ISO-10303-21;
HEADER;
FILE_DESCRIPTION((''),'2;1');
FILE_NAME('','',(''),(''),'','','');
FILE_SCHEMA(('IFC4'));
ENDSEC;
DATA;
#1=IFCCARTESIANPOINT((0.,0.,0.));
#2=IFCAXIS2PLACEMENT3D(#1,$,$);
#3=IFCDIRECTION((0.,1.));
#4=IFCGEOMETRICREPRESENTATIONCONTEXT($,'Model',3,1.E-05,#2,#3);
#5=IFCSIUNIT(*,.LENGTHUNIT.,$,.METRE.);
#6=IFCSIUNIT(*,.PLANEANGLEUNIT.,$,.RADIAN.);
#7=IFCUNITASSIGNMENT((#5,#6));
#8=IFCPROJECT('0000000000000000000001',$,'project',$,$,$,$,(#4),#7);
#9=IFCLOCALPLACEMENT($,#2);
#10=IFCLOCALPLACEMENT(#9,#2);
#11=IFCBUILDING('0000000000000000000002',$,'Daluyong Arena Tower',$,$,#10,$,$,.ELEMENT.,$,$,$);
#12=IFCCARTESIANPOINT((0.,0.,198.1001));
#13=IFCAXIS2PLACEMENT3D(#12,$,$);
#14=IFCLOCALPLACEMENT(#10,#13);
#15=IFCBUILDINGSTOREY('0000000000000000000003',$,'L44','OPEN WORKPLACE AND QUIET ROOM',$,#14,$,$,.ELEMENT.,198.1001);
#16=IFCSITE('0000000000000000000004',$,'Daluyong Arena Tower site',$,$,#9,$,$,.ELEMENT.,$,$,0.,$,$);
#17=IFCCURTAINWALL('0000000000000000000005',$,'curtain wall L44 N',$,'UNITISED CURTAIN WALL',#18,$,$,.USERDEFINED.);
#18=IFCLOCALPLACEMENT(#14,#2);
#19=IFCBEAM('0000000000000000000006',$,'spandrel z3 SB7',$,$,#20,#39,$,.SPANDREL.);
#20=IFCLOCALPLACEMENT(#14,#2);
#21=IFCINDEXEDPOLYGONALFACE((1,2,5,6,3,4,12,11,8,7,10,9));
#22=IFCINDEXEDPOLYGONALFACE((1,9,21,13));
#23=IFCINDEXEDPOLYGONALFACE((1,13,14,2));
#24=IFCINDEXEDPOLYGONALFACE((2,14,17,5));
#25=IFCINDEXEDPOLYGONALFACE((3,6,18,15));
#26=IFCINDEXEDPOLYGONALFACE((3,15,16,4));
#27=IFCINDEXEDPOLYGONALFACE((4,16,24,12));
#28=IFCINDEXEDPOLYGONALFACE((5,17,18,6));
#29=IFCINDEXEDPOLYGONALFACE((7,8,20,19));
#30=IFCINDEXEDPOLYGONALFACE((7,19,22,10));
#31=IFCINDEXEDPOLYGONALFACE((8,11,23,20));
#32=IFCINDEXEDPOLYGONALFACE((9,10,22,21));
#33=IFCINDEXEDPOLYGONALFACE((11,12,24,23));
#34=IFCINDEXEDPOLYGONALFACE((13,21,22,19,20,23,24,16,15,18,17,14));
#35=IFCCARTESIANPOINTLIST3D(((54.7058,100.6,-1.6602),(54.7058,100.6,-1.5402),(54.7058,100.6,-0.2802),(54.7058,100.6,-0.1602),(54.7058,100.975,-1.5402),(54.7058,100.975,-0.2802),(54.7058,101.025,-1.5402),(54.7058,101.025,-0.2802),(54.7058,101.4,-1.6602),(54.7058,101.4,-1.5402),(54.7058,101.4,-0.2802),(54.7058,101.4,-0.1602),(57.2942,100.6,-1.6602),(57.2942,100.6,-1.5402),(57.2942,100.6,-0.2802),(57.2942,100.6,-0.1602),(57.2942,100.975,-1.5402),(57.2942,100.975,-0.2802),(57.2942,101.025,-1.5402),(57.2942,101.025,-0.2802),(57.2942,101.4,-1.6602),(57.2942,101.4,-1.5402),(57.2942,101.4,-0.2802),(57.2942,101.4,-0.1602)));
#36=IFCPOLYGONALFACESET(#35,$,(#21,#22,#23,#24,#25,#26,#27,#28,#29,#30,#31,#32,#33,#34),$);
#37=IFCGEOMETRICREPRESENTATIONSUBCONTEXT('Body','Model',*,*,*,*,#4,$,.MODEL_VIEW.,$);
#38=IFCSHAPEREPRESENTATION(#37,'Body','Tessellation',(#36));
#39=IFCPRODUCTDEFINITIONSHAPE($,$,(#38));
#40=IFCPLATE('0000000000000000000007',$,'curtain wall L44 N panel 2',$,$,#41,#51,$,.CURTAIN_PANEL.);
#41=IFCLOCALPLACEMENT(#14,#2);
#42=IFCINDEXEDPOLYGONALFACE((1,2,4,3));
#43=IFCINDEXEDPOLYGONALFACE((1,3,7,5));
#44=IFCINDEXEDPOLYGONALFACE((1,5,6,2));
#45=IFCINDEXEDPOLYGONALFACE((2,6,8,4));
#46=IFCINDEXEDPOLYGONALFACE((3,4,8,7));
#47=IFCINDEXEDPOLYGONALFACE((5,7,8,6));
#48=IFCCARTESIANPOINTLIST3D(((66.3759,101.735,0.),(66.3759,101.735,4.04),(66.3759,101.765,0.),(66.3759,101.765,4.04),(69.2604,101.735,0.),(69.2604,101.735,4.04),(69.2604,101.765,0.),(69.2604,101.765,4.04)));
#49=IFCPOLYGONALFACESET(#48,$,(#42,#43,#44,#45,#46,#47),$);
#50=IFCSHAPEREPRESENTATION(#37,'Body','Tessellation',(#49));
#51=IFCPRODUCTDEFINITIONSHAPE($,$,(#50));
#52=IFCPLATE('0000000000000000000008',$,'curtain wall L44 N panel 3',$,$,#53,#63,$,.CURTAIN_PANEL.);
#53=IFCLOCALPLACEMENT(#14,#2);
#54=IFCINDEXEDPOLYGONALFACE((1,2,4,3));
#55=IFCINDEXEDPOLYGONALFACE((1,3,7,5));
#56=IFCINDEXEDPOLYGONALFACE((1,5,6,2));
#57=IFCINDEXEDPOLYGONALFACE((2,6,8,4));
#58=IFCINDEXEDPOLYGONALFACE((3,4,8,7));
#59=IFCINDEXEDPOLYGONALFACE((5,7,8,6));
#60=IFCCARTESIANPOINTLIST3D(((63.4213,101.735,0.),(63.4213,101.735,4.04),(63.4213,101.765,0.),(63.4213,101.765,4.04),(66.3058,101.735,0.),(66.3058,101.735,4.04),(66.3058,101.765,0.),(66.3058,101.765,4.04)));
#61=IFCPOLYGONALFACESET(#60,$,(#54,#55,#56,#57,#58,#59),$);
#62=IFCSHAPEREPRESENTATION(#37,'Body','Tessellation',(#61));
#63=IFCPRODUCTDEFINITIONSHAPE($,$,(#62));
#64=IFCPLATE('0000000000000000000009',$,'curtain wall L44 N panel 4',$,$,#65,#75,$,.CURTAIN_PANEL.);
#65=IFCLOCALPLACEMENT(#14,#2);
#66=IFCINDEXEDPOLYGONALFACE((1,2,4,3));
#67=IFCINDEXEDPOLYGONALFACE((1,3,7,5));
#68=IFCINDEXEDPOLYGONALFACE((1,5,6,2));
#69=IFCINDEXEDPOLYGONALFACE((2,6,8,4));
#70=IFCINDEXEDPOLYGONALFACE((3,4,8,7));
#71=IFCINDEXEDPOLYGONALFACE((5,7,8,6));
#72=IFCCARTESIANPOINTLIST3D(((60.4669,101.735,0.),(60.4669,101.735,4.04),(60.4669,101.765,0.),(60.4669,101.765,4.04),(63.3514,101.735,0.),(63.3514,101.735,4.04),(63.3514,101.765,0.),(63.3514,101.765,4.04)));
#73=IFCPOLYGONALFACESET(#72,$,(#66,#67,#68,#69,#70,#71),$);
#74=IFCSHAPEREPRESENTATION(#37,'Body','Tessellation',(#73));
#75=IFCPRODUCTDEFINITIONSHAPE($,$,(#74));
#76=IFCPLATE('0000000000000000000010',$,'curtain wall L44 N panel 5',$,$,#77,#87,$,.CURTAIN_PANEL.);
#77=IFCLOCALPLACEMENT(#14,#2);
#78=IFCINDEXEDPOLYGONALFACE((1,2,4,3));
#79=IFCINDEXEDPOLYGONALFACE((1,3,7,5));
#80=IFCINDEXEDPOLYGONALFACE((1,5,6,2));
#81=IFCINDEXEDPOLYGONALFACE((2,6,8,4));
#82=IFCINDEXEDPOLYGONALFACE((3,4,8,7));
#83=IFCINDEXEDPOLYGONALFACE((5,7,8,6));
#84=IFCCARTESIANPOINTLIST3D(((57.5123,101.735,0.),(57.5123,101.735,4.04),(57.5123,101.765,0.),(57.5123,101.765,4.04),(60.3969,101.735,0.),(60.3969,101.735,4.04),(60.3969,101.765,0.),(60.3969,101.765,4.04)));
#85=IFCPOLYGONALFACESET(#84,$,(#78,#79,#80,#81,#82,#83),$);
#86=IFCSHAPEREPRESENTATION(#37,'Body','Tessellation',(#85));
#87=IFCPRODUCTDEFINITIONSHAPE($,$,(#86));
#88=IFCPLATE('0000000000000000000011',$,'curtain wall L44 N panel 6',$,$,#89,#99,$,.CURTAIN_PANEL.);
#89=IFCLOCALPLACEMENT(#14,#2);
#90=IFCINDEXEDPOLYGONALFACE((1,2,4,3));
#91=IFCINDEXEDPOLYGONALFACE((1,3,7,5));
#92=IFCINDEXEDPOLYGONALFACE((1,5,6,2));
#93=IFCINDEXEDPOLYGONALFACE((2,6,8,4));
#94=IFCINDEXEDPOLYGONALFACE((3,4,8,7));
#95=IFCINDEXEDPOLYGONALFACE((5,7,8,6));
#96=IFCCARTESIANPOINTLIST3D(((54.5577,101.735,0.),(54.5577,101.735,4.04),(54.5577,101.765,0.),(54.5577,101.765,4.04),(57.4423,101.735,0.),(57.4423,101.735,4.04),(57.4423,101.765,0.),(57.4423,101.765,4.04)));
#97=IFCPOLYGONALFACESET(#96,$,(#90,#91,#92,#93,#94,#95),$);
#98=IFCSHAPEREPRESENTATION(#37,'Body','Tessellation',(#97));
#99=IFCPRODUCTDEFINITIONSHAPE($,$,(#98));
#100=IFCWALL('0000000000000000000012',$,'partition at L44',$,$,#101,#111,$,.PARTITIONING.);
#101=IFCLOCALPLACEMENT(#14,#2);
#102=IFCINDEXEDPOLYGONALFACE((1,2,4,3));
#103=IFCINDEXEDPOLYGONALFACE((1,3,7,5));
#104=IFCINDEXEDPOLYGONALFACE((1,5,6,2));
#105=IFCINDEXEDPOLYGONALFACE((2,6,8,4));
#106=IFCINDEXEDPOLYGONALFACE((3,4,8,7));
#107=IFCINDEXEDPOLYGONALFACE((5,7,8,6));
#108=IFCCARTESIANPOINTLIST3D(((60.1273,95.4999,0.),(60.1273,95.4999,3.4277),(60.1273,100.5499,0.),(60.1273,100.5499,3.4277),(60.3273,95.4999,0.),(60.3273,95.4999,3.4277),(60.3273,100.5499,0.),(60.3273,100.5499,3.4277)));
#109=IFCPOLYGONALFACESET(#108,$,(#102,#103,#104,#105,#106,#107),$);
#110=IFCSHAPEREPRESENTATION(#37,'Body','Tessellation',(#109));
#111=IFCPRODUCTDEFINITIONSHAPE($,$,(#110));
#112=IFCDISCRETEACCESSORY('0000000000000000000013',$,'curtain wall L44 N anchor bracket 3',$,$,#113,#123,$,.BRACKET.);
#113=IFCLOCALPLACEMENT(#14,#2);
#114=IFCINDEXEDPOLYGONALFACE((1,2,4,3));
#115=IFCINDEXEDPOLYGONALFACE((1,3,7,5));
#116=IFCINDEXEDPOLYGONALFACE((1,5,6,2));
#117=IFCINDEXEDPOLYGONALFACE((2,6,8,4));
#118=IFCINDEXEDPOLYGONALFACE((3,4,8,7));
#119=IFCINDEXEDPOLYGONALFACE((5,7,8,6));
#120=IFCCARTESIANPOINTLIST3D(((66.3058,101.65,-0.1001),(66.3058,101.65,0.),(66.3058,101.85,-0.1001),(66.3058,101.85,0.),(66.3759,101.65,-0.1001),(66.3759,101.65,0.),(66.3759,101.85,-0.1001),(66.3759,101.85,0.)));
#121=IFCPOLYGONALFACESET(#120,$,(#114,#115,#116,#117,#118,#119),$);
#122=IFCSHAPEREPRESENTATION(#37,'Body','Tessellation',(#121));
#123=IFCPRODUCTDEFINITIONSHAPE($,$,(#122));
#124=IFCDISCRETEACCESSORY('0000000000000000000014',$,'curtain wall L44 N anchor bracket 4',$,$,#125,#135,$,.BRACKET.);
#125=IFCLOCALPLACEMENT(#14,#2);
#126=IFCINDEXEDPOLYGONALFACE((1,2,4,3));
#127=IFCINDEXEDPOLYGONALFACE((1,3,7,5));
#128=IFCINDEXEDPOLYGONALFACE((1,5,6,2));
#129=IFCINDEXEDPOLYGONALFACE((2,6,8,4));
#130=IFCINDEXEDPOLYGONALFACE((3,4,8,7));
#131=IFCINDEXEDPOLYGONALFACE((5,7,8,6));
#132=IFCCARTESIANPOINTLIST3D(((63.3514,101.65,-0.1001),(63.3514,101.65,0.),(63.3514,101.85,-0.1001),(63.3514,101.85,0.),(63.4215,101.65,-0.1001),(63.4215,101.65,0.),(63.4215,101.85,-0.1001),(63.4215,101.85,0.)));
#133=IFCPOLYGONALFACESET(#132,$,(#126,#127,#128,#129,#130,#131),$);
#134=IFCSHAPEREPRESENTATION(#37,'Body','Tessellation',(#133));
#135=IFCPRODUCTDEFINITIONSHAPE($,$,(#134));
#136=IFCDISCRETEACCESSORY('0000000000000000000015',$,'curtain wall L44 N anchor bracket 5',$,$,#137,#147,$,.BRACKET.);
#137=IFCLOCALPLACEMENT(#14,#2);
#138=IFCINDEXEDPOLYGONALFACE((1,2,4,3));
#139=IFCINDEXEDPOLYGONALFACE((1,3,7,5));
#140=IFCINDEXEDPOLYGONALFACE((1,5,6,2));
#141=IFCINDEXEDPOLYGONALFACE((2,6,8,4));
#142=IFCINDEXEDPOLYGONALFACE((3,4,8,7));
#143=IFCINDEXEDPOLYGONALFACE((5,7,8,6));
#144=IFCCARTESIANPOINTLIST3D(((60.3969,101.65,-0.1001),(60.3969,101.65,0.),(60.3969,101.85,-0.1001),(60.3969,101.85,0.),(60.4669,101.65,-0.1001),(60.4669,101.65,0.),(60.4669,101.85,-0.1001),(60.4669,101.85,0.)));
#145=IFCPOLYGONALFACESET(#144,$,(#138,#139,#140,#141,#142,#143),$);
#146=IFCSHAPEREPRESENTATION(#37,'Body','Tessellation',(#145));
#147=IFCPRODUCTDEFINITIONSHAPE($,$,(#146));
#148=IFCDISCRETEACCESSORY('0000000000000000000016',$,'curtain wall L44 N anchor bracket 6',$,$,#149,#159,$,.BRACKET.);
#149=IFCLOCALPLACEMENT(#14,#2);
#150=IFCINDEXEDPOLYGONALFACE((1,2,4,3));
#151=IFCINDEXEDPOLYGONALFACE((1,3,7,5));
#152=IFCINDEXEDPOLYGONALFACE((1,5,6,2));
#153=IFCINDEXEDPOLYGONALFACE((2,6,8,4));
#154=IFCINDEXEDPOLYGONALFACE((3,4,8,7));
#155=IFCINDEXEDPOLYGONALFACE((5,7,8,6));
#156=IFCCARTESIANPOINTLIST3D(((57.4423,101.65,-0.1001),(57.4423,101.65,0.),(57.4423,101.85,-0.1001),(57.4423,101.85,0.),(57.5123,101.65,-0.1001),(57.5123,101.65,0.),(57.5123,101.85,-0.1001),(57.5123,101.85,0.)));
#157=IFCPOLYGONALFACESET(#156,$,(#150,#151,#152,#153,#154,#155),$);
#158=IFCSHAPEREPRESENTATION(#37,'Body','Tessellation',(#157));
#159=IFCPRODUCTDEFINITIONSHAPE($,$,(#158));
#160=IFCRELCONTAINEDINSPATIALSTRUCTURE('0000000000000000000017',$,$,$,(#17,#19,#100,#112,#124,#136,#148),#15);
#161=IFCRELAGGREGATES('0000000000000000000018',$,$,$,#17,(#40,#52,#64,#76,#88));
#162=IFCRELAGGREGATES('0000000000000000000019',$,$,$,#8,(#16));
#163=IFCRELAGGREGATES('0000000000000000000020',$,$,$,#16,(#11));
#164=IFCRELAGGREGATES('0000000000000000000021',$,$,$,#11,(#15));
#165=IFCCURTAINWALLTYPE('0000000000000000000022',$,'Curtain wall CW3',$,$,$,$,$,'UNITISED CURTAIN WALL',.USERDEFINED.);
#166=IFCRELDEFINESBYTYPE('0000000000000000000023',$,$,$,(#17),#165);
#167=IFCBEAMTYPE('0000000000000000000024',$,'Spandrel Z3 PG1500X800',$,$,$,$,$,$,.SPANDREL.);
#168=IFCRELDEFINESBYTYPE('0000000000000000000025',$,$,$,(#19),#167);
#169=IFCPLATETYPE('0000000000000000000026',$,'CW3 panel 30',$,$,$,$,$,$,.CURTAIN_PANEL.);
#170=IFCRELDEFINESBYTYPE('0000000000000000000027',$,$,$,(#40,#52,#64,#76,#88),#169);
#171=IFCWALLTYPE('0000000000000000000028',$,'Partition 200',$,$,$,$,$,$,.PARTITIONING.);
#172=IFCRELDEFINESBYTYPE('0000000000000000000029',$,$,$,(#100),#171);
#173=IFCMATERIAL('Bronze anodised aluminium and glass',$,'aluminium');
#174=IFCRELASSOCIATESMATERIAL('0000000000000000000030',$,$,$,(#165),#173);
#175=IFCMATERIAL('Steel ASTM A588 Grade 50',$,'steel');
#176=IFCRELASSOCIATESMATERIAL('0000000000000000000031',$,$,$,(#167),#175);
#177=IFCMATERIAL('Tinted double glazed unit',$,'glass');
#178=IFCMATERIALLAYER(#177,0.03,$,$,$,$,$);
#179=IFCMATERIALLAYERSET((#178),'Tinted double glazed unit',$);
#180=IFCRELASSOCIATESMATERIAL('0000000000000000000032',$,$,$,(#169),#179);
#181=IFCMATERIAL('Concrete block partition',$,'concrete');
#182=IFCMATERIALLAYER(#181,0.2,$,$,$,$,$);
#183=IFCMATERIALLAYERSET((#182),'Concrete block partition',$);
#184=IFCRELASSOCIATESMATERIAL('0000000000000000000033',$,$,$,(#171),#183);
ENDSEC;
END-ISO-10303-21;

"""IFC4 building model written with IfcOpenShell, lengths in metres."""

from ifc_helpers import new_model, si_unit, direction, frame, frame_2d, origin, origin_2d, place, context, subcontext, project, spatial, rectangle, i_section, extrude, material, layer, layer_set, material_profile, profile_set, type_object, element, aggregate, save


model = new_model("IFC4")

# Units and contexts
model_context = context("Model", 3, precision=1e-05, world=origin(), true_north=direction((0.0, 1.0)))
body_context = subcontext(model_context, "Body", "Model", "MODEL_VIEW")
ifc_project = project(units=[si_unit("LENGTHUNIT", "METRE"), si_unit("PLANEANGLEUNIT", "RADIAN")], contexts=[model_context])

# Site, building, storey
site_placement = place(None, origin())
site = spatial("IfcSite", under=ifc_project, at=site_placement, Name="Daluyong Arena Tower site", CompositionType="ELEMENT", RefElevation=0.0)
building_placement = place(site_placement, origin())
building = spatial("IfcBuilding", under=site, at=building_placement, Name="Daluyong Arena Tower", CompositionType="ELEMENT")
storey_placement = place(building_placement, frame((0.0, 0.0, 198.1001)))
storey = spatial("IfcBuildingStorey", under=building, at=storey_placement, Name="L44", Description="OPEN WORKPLACE AND QUIET ROOM", CompositionType="ELEMENT", Elevation=198.1001)

# Curtain wall
ifc_material_1 = material(Name="Bronze anodised aluminium and glass", Category="aluminium")
curtain_wall_type = type_object("IfcCurtainWallType", Name="Curtain wall CW3", ElementType="UNITISED CURTAIN WALL", PredefinedType="USERDEFINED", material=ifc_material_1)
curtain_wall_placement = place(storey_placement, origin())
curtain_wall = element("IfcCurtainWall", 1, at=curtain_wall_placement, inside=storey, type_object=curtain_wall_type, Name="curtain wall L44 N", ObjectType="UNITISED CURTAIN WALL", PredefinedType="USERDEFINED")

# Beam
ifc_material_2 = material(Name="Steel ASTM A588 Grade 50", Category="steel")
ifc_material_profile_1 = material_profile(ifc_material_2, i_section(OverallWidth=0.8, OverallDepth=1.5, WebThickness=0.05, FlangeThickness=0.12, at=origin_2d()))
ifc_profile_set_1 = profile_set([ifc_material_profile_1], Name="Steel ASTM A588 Grade 50")
beam_type_1 = type_object("IfcBeamType", Name="Spandrel Z3 PG1500X800", PredefinedType="SPANDREL", material=ifc_profile_set_1)
beam_1_placement = place(storey_placement, frame((57.2942, 101.0, -0.9102), z_axis=(-1.0, 0.0, 0.0), x_axis=(0.0, -1.0, 0.0)))
element("IfcBeam", 2, at=beam_1_placement, inside=storey, type_object=beam_type_1, Name="spandrel z3 SB7", PredefinedType="SPANDREL", context=body_context, shape_type="SweptSolid", body=[
    extrude(i_section(OverallWidth=0.8, OverallDepth=1.5, WebThickness=0.05, FlangeThickness=0.12, at=origin_2d()), origin(), (0.0, 0.0, 1.0), 2.5884),
])

# Plates
ifc_material_3 = material(Name="Tinted double glazed unit", Category="glass")
ifc_layer_1 = layer(ifc_material_3, 0.03)
ifc_layer_set_1 = layer_set([ifc_layer_1], Name="Tinted double glazed unit")
plate_type = type_object("IfcPlateType", Name="CW3 panel 30", PredefinedType="CURTAIN_PANEL", material=ifc_layer_set_1)
plate_1_placement = place(storey_placement, frame((67.8181, 101.75, 0.0), z_axis=(0.0, 0.0, 1.0), x_axis=(-1.0, 0.0, 0.0)))
plate_1 = element("IfcPlate", 3, at=plate_1_placement, type_object=plate_type, Name="curtain wall L44 N panel 2", PredefinedType="CURTAIN_PANEL", context=body_context, shape_type="SweptSolid", body=[
    extrude(rectangle(XDim=2.8845, YDim=0.03, at=origin_2d()), origin(), (0.0, 0.0, 1.0), 4.04),
])
plate_2_placement = place(storey_placement, frame((64.8635, 101.75, 0.0), z_axis=(0.0, 0.0, 1.0), x_axis=(-1.0, 0.0, 0.0)))
plate_2 = element("IfcPlate", 4, at=plate_2_placement, type_object=plate_type, Name="curtain wall L44 N panel 3", PredefinedType="CURTAIN_PANEL", context=body_context, shape_type="SweptSolid", body=[
    extrude(rectangle(XDim=2.8845, YDim=0.03, at=origin_2d()), origin(), (0.0, 0.0, 1.0), 4.04),
])
plate_3_placement = place(storey_placement, frame((61.9092, 101.75, 0.0), z_axis=(0.0, 0.0, 1.0), x_axis=(-1.0, 0.0, 0.0)))
plate_3 = element("IfcPlate", 5, at=plate_3_placement, type_object=plate_type, Name="curtain wall L44 N panel 4", PredefinedType="CURTAIN_PANEL", context=body_context, shape_type="SweptSolid", body=[
    extrude(rectangle(XDim=2.8845, YDim=0.03, at=origin_2d()), origin(), (0.0, 0.0, 1.0), 4.04),
])
plate_4_placement = place(storey_placement, frame((58.9546, 101.75, 0.0), z_axis=(0.0, 0.0, 1.0), x_axis=(-1.0, 0.0, 0.0)))
plate_4 = element("IfcPlate", 6, at=plate_4_placement, type_object=plate_type, Name="curtain wall L44 N panel 5", PredefinedType="CURTAIN_PANEL", context=body_context, shape_type="SweptSolid", body=[
    extrude(rectangle(XDim=2.8845, YDim=0.03, at=origin_2d()), origin(), (0.0, 0.0, 1.0), 4.04),
])
plate_5_placement = place(storey_placement, frame((56.0, 101.75, 0.0), z_axis=(0.0, 0.0, 1.0), x_axis=(-1.0, 0.0, 0.0)))
plate_5 = element("IfcPlate", 7, at=plate_5_placement, type_object=plate_type, Name="curtain wall L44 N panel 6", PredefinedType="CURTAIN_PANEL", context=body_context, shape_type="SweptSolid", body=[
    extrude(rectangle(XDim=2.8845, YDim=0.03, at=origin_2d()), origin(), (0.0, 0.0, 1.0), 4.04),
])
aggregate(curtain_wall, [plate_1, plate_2, plate_3, plate_4, plate_5])

# Wall
ifc_material_4 = material(Name="Concrete block partition", Category="concrete")
ifc_layer_2 = layer(ifc_material_4, 0.2)
ifc_layer_set_2 = layer_set([ifc_layer_2], Name="Concrete block partition")
wall_type = type_object("IfcWallType", Name="Partition 200", PredefinedType="PARTITIONING", material=ifc_layer_set_2)
wall_placement = place(storey_placement, frame((60.2273, 95.5, 0.0), z_axis=(0.0, 0.0, 1.0), x_axis=(0.0, 1.0, 0.0)))
element("IfcWall", 8, at=wall_placement, inside=storey, type_object=wall_type, Name="partition at L44", PredefinedType="PARTITIONING", context=body_context, shape_type="SweptSolid", body=[
    extrude(rectangle(XDim=5.05, YDim=0.2, at=frame_2d((2.5249, 0.0))), origin(), (0.0, 0.0, 1.0), 3.4277),
])

# Discrete accessories
for number, where, z_axis, x_axis, name in (
    (9, (66.3408, 101.75, -0.1001), (0.0, 0.0, 1.0), (-1.0, 0.0, 0.0), "curtain wall L44 N anchor bracket 3"),
    (10, (63.3865, 101.75, -0.1001), (0.0, 0.0, 1.0), (-1.0, 0.0, 0.0), "curtain wall L44 N anchor bracket 4"),
    (11, (60.4319, 101.75, -0.1001), (0.0, 0.0, 1.0), (-1.0, 0.0, 0.0), "curtain wall L44 N anchor bracket 5"),
    (12, (57.4773, 101.75, -0.1001), (0.0, 0.0, 1.0), (-1.0, 0.0, 0.0), "curtain wall L44 N anchor bracket 6"),
):
    element("IfcDiscreteAccessory", number, at=place(storey_placement, frame(where, z_axis=z_axis, x_axis=x_axis)), inside=storey, Name=name, PredefinedType="BRACKET", context=body_context, shape_type="SweptSolid", body=[
        extrude(rectangle(XDim=0.0701, YDim=0.2, at=origin_2d()), origin(), (0.0, 0.0, 1.0), 0.1001),
    ])

save(model, "model.ifc")
